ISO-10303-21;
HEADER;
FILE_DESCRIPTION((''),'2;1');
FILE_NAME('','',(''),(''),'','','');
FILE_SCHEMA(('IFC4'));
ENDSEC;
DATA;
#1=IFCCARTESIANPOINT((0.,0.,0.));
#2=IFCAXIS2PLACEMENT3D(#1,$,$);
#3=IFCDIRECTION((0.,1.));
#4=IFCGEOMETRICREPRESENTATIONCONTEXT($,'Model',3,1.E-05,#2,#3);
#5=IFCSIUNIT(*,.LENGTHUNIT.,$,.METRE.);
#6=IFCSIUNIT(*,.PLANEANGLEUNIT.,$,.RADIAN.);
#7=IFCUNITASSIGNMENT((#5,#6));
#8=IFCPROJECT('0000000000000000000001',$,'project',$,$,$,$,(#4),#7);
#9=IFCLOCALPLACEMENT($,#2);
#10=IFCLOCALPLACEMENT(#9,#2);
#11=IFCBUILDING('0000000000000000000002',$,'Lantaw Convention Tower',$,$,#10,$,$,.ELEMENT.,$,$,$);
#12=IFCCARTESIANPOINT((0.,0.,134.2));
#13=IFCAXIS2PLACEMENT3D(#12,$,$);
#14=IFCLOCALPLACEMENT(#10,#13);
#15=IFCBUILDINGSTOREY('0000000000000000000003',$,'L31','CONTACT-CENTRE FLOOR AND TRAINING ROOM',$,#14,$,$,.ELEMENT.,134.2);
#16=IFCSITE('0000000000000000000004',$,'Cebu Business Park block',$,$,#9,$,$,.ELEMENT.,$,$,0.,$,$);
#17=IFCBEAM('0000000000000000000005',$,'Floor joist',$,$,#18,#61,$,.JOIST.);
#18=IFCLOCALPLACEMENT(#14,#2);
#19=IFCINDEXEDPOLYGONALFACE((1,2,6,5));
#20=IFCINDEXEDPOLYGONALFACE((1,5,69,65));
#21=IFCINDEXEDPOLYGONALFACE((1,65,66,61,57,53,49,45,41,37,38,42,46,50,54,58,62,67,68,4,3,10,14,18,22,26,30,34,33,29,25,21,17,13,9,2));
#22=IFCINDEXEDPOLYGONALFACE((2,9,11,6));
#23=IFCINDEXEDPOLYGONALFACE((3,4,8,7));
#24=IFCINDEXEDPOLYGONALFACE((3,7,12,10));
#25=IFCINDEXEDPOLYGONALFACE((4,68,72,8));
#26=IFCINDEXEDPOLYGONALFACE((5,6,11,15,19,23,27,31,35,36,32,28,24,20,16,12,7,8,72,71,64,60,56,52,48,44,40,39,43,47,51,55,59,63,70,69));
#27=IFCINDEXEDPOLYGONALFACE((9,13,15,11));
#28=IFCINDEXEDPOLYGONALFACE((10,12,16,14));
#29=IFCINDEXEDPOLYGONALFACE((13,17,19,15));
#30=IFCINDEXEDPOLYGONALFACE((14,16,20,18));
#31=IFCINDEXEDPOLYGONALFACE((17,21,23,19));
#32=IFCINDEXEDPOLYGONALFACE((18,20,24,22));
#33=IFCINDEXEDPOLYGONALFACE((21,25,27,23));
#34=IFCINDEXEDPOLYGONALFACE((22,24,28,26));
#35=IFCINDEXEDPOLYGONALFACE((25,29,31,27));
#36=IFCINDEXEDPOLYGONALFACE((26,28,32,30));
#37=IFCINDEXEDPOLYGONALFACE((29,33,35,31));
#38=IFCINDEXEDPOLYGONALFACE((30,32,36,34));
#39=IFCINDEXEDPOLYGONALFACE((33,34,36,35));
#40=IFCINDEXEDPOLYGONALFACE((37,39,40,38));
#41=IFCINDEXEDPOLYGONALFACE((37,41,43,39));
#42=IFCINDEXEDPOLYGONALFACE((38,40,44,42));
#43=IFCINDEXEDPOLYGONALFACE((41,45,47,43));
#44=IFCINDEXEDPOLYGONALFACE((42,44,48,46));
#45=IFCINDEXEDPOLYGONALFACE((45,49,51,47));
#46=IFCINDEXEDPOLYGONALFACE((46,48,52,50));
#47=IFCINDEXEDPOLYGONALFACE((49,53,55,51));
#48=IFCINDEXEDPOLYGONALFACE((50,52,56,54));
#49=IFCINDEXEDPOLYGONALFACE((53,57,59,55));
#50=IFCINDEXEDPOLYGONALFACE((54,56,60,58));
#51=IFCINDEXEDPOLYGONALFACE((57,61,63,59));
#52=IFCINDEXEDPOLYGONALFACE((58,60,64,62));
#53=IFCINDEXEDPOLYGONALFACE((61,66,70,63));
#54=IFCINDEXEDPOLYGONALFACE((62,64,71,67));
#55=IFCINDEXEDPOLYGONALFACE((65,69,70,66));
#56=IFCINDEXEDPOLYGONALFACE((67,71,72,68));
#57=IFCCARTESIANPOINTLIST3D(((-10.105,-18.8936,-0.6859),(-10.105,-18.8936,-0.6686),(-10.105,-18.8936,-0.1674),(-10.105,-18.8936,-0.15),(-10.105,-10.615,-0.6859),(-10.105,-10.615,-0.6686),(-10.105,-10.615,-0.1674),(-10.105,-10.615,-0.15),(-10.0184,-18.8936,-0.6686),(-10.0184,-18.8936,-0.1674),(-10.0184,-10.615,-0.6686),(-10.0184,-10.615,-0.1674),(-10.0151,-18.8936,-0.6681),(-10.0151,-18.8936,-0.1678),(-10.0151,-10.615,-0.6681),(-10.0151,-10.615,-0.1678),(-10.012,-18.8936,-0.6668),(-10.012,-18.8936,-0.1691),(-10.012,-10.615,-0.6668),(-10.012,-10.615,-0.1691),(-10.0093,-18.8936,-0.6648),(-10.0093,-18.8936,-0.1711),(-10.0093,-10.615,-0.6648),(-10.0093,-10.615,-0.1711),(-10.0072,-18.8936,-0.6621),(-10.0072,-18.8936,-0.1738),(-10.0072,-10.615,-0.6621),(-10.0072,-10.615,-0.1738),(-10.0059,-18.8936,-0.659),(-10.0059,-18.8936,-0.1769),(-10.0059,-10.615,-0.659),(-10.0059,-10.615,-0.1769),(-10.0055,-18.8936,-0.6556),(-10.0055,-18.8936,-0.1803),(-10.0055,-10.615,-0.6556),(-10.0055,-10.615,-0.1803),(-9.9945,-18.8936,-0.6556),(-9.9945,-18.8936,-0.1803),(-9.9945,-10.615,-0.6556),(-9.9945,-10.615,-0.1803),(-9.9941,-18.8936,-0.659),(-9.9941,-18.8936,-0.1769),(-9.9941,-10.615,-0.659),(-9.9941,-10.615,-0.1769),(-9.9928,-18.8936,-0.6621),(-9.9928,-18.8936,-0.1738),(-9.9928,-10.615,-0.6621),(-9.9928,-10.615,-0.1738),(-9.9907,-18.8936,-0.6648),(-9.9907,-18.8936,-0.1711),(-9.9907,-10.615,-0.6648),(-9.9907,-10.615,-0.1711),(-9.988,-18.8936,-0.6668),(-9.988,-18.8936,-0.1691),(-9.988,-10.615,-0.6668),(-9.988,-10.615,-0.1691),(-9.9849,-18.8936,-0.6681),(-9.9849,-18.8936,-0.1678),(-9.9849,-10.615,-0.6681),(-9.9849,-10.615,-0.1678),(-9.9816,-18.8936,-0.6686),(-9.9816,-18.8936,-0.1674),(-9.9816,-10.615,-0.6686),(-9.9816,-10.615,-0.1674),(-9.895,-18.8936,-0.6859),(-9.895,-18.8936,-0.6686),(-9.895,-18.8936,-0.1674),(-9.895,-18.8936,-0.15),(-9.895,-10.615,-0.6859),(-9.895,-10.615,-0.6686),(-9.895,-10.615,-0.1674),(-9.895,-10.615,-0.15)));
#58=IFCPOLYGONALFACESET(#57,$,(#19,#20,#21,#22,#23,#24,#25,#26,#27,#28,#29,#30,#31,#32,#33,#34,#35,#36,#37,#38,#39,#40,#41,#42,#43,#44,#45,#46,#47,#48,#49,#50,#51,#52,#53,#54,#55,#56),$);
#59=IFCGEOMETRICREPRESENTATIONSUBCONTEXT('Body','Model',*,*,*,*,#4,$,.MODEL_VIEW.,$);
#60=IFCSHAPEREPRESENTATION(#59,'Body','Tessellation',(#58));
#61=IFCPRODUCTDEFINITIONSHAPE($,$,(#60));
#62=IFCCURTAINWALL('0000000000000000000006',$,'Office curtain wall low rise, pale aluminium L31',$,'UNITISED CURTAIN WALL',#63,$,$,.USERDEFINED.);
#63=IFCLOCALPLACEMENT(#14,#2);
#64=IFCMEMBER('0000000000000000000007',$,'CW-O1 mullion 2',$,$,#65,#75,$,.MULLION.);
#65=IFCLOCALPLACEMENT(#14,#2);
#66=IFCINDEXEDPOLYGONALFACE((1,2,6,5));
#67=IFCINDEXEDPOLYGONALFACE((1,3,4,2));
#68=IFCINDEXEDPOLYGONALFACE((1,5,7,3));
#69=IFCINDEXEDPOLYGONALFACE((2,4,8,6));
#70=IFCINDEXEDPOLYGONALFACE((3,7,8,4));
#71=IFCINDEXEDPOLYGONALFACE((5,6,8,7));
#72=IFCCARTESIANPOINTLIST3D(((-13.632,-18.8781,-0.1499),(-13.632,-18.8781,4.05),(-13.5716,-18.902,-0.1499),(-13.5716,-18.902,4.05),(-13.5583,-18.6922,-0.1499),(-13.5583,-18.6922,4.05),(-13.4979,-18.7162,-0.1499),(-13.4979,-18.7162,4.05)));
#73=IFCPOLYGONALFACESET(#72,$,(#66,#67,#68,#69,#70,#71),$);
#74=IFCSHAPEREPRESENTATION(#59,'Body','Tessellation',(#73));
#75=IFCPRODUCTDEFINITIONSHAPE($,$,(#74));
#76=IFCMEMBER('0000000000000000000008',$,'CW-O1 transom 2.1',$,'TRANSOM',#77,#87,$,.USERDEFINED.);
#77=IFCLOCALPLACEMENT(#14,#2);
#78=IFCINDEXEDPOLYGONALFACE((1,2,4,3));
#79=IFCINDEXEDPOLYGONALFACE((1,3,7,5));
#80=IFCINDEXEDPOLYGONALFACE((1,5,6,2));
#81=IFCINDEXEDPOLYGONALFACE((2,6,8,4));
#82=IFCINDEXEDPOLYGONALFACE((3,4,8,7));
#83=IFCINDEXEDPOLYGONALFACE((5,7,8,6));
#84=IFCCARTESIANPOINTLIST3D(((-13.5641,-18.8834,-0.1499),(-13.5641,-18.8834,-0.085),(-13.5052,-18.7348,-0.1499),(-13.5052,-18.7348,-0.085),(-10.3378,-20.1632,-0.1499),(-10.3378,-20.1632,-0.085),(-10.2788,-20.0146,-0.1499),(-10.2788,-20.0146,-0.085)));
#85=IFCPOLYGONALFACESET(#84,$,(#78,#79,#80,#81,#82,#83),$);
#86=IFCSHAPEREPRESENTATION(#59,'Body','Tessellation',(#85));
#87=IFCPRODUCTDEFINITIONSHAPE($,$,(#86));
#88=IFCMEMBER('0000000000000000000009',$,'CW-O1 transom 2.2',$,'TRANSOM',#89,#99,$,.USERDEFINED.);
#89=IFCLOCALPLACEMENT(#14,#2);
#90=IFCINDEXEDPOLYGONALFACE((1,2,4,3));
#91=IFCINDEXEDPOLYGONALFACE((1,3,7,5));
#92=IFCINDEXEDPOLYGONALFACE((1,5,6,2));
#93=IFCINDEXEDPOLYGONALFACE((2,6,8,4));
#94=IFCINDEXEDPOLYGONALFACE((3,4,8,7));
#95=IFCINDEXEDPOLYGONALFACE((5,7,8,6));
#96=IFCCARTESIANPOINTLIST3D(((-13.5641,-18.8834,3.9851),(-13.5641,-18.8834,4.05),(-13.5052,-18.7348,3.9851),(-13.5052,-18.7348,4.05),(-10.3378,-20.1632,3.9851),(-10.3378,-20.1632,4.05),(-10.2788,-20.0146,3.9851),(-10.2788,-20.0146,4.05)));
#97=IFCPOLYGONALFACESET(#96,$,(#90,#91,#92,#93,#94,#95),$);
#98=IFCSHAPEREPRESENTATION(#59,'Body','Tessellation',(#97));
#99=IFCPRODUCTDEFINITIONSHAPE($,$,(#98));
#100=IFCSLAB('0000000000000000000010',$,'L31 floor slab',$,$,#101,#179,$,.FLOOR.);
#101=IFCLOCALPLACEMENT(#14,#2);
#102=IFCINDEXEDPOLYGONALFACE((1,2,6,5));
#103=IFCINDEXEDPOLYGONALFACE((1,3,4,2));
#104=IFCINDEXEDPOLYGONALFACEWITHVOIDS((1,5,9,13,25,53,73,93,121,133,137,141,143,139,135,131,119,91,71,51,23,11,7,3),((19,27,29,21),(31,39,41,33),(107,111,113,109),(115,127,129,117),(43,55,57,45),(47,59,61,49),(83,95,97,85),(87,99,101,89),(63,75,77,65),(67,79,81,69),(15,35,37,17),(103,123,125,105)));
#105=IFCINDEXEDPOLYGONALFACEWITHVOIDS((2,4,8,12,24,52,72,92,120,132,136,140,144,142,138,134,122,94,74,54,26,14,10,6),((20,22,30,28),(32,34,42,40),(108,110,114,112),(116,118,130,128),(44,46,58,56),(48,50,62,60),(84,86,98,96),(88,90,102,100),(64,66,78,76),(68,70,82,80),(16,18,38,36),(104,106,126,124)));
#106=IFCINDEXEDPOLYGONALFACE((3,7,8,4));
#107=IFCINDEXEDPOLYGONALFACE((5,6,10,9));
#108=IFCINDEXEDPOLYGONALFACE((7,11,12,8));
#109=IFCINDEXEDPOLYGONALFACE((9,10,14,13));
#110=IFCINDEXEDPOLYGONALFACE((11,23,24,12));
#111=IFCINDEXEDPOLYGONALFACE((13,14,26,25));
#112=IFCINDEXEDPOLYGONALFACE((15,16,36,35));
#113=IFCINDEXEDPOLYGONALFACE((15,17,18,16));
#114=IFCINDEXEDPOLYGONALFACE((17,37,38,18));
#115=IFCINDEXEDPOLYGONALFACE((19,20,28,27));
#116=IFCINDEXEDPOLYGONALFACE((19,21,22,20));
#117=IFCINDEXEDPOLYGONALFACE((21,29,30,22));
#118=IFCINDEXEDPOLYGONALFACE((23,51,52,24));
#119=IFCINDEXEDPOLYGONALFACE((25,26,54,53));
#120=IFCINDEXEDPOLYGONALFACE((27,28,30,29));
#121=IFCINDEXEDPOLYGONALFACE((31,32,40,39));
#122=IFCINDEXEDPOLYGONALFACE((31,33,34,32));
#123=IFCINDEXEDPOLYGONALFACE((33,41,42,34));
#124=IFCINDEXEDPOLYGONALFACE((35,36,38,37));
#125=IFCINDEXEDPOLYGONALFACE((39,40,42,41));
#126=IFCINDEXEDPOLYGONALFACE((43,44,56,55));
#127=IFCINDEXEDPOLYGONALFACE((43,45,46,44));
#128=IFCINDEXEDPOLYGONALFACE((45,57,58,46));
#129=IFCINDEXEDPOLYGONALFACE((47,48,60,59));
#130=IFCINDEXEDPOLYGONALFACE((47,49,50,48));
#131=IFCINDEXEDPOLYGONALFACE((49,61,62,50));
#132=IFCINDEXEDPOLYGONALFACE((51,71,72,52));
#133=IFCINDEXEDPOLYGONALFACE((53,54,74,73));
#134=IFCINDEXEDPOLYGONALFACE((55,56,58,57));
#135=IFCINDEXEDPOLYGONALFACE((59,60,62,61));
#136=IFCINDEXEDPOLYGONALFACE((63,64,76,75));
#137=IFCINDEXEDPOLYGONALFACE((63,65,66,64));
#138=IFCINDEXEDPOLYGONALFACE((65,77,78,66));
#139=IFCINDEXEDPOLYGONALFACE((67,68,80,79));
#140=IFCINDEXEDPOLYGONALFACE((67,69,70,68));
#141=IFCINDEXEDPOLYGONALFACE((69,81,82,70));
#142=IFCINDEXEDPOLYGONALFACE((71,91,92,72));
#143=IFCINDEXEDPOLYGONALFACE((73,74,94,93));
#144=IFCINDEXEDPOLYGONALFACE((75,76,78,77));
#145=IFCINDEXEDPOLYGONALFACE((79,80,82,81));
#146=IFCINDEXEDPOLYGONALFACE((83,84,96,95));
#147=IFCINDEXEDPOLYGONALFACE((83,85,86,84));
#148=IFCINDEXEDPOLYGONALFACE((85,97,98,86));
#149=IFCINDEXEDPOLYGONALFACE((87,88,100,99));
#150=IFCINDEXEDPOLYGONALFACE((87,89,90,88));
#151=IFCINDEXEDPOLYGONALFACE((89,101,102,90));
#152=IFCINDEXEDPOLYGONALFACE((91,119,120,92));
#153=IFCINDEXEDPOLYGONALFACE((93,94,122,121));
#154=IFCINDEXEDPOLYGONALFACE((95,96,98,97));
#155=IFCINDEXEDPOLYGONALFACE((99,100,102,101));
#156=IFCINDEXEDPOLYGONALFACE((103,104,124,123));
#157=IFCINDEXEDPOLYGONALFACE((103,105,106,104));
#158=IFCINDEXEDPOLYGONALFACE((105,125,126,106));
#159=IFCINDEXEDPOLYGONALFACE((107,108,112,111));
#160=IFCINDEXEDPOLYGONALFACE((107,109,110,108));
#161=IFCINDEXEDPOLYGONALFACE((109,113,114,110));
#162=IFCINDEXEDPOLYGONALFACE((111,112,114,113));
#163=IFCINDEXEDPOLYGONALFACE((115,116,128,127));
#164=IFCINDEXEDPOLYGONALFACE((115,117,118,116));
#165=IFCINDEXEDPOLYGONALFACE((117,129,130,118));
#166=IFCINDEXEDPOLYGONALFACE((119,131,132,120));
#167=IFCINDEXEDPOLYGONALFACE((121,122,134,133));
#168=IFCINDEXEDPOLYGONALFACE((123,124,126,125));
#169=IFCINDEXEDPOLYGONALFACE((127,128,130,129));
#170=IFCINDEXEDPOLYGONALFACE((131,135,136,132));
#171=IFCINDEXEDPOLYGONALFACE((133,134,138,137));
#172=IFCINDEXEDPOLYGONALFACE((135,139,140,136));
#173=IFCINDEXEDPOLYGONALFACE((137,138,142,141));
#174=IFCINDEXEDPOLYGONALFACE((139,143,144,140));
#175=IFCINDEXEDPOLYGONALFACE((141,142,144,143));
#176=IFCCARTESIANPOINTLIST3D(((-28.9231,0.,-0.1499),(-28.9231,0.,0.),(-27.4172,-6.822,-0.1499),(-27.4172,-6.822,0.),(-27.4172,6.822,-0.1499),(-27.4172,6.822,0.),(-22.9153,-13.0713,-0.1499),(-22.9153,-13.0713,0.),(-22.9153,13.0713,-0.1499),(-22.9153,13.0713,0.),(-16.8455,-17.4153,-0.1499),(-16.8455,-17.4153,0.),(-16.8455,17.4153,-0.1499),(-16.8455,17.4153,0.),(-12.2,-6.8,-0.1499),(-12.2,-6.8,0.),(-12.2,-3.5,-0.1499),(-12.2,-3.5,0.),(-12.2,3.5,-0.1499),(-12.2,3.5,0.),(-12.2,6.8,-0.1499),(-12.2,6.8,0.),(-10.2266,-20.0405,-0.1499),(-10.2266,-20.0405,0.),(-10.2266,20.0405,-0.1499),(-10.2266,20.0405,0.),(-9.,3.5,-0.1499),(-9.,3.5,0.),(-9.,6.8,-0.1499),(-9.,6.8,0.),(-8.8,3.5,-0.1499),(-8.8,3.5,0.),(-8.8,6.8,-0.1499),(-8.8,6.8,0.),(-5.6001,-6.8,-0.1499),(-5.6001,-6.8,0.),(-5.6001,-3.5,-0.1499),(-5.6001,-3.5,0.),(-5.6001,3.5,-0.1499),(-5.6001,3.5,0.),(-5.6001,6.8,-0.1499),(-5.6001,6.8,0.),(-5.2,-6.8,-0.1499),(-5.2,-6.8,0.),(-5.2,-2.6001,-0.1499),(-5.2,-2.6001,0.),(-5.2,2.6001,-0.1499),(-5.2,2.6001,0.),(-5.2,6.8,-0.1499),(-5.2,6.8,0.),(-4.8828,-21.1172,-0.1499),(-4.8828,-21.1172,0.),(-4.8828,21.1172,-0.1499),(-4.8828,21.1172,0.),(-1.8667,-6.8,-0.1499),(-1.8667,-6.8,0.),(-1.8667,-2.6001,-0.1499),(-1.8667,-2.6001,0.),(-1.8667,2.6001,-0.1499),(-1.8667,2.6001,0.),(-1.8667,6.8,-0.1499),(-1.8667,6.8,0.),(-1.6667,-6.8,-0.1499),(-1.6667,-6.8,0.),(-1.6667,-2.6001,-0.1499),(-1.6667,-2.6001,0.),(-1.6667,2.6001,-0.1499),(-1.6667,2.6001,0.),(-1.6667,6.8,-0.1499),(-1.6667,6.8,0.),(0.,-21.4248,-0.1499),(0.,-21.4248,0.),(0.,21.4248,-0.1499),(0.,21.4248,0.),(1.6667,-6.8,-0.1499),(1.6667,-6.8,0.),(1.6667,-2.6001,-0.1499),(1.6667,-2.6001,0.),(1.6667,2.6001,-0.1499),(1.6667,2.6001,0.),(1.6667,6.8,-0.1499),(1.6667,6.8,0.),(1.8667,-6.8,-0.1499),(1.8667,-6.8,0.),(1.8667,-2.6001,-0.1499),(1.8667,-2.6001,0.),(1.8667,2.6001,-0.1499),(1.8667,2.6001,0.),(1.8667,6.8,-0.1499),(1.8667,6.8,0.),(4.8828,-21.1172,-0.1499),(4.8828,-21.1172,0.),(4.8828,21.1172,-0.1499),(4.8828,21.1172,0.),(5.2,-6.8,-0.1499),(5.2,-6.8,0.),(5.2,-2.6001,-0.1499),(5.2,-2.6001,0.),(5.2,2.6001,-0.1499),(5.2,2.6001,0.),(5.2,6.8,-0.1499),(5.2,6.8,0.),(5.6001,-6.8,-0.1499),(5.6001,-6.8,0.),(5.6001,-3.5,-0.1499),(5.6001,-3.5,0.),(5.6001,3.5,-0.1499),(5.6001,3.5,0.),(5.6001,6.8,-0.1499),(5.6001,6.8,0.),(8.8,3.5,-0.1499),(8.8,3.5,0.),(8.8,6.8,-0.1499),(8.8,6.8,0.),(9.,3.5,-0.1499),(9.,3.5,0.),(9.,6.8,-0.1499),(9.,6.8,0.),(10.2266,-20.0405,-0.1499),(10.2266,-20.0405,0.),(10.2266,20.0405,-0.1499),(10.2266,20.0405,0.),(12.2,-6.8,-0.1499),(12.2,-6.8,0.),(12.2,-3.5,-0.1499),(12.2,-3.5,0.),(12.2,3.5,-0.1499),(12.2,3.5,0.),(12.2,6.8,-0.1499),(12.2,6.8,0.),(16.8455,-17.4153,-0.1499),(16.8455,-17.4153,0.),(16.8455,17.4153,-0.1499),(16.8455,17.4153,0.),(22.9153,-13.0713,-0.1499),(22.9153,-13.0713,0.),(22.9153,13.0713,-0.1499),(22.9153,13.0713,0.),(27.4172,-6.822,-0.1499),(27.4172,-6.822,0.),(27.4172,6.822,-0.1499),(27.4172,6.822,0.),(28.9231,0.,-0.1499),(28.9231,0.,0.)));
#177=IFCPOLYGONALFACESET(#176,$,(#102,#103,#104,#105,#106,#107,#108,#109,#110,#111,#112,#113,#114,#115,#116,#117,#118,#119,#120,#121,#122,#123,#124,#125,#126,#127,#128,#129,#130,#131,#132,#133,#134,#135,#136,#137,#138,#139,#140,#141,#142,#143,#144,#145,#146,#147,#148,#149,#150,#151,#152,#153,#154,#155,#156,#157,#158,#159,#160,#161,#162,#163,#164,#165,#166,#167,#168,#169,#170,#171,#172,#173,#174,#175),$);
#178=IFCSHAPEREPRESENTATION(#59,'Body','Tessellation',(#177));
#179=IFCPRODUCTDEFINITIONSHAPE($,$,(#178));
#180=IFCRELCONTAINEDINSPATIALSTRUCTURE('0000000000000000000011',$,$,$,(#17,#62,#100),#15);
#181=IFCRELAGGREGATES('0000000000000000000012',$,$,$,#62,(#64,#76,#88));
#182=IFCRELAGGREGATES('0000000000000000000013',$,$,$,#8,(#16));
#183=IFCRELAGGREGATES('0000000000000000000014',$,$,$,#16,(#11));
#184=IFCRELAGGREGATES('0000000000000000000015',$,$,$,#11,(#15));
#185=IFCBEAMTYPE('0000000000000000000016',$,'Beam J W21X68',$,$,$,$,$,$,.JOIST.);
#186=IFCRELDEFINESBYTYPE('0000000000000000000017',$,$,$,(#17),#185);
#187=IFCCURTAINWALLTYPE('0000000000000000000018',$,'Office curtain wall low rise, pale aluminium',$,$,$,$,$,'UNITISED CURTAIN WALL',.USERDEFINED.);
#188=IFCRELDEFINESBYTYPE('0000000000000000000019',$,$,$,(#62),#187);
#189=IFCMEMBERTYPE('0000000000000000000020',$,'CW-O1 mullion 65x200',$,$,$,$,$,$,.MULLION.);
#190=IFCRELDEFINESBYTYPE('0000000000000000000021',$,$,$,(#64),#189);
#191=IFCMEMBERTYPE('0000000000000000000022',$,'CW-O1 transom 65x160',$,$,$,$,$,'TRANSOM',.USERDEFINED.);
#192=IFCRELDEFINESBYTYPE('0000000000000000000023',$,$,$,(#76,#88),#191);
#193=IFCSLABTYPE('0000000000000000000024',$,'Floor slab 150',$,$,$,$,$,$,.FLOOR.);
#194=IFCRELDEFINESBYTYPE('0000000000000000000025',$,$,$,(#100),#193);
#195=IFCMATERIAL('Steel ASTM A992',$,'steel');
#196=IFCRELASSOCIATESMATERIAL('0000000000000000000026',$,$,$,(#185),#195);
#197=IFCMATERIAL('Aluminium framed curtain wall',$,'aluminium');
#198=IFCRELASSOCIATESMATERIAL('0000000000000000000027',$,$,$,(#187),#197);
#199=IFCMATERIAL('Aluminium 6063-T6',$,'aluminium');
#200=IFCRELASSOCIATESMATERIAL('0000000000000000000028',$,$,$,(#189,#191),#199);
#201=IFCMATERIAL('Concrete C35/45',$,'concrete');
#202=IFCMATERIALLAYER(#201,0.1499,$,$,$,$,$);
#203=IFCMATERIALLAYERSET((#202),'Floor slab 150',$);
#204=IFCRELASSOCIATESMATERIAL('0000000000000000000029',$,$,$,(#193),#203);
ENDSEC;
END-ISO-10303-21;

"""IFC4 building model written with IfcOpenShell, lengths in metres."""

from ifc_helpers import new_model, si_unit, direction, frame, origin, origin_2d, place, context, subcontext, project, spatial, polyline, rectangle, i_section, outline, extrude, material, layer, layer_set, material_profile, profile_set, type_object, element, aggregate, save


model = new_model("IFC4")

# Units and contexts
model_context = context("Model", 3, precision=1e-05, world=origin(), true_north=direction((0.0, 1.0)))
body_context = subcontext(model_context, "Body", "Model", "MODEL_VIEW")
ifc_project = project(units=[si_unit("LENGTHUNIT", "METRE"), si_unit("PLANEANGLEUNIT", "RADIAN")], contexts=[model_context])

# Site, building, storey
site_placement = place(None, origin())
site = spatial("IfcSite", under=ifc_project, at=site_placement, Name="Cebu Business Park block", CompositionType="ELEMENT", RefElevation=0.0)
building_placement = place(site_placement, origin())
building = spatial("IfcBuilding", under=site, at=building_placement, Name="Lantaw Convention Tower", CompositionType="ELEMENT")
storey_placement = place(building_placement, frame((0.0, 0.0, 134.2)))
storey = spatial("IfcBuildingStorey", under=building, at=storey_placement, Name="L31", Description="CONTACT-CENTRE FLOOR AND TRAINING ROOM", CompositionType="ELEMENT", Elevation=134.2)

# Beam
ifc_material_1 = material(Name="Steel ASTM A992", Category="steel")
ifc_material_profile_1 = material_profile(ifc_material_1, i_section(OverallWidth=0.21, OverallDepth=0.5359, WebThickness=0.011, FlangeThickness=0.0173, FilletRadius=0.0129, at=origin_2d()), Name="W21X68")
ifc_profile_set_1 = profile_set([ifc_material_profile_1], Name="Steel ASTM A992")
beam_type_1 = type_object("IfcBeamType", Name="Beam J W21X68", PredefinedType="JOIST", material=ifc_profile_set_1)
beam_1_placement = place(storey_placement, frame((-10.0, -18.8936, -0.418), z_axis=(0.0, 1.0, 0.0), x_axis=(-1.0, 0.0, 0.0)))
element("IfcBeam", 1, at=beam_1_placement, inside=storey, type_object=beam_type_1, Name="Floor joist", PredefinedType="JOIST", context=body_context, shape_type="SweptSolid", body=[
    extrude(i_section(OverallWidth=0.21, OverallDepth=0.5359, WebThickness=0.011, FlangeThickness=0.0173, FilletRadius=0.0129, at=origin_2d()), origin(), (0.0, 0.0, 1.0), 8.2786),
])

# Curtain wall, members
ifc_material_2 = material(Name="Aluminium framed curtain wall", Category="aluminium")
curtain_wall_type = type_object("IfcCurtainWallType", Name="Office curtain wall low rise, pale aluminium", ElementType="UNITISED CURTAIN WALL", PredefinedType="USERDEFINED", material=ifc_material_2)
curtain_wall_placement = place(storey_placement, origin())
curtain_wall = element("IfcCurtainWall", 2, at=curtain_wall_placement, inside=storey, type_object=curtain_wall_type, Name="Office curtain wall low rise, pale aluminium L31", ObjectType="UNITISED CURTAIN WALL", PredefinedType="USERDEFINED")
ifc_material_3 = material(Name="Aluminium 6063-T6", Category="aluminium")
ifc_material_profile_2 = material_profile(ifc_material_3, rectangle(XDim=0.2, YDim=0.0649, at=origin_2d()), Name="CW-O1 mullion 65x200")
ifc_profile_set_2 = profile_set([ifc_material_profile_2], Name="Aluminium 6063-T6")
member_type_1 = type_object("IfcMemberType", Name="CW-O1 mullion 65x200", PredefinedType="MULLION", material=ifc_profile_set_2)
member_1_placement = place(storey_placement, frame((-13.5649, -18.7971, -0.1499), z_axis=(0.0, 0.0, 1.0), x_axis=(0.368702, 0.929548, 0.0)))
member_1 = element("IfcMember", 3, at=member_1_placement, type_object=member_type_1, Name="CW-O1 mullion 2", PredefinedType="MULLION", context=body_context, shape_type="SweptSolid", body=[
    extrude(rectangle(XDim=0.2, YDim=0.0649, at=origin_2d()), origin(), (0.0, 0.0, 1.0), 4.2),
])
ifc_material_profile_3 = material_profile(ifc_material_3, rectangle(XDim=0.1599, YDim=0.0649, at=origin_2d()), Name="CW-O1 transom 65x160")
ifc_profile_set_3 = profile_set([ifc_material_profile_3], Name="Aluminium 6063-T6")
member_type_2 = type_object("IfcMemberType", Name="CW-O1 transom 65x160", ElementType="TRANSOM", PredefinedType="USERDEFINED", material=ifc_profile_set_3)
member_2_placement = place(storey_placement, frame((-13.5347, -18.8091, -0.1174), z_axis=(0.92954, -0.368721, 0.0), x_axis=(0.368721, 0.92954, 0.0)))
member_2 = element("IfcMember", 4, at=member_2_placement, type_object=member_type_2, Name="CW-O1 transom 2.1", ObjectType="TRANSOM", PredefinedType="USERDEFINED", context=body_context, shape_type="SweptSolid", body=[
    extrude(rectangle(XDim=0.1599, YDim=0.0649, at=origin_2d()), origin(), (0.0, 0.0, 1.0), 3.4709),
])
member_3_placement = place(storey_placement, frame((-13.5347, -18.8091, 4.0176), z_axis=(0.92954, -0.368721, 0.0), x_axis=(0.368721, 0.92954, 0.0)))
member_3 = element("IfcMember", 5, at=member_3_placement, type_object=member_type_2, Name="CW-O1 transom 2.2", ObjectType="TRANSOM", PredefinedType="USERDEFINED", context=body_context, shape_type="SweptSolid", body=[
    extrude(rectangle(XDim=0.1599, YDim=0.0649, at=origin_2d()), origin(), (0.0, 0.0, 1.0), 3.4709),
])
aggregate(curtain_wall, [member_1, member_2, member_3])

# Slab
ifc_material_4 = material(Name="Concrete C35/45", Category="concrete")
ifc_layer_1 = layer(ifc_material_4, 0.1499)
ifc_layer_set_1 = layer_set([ifc_layer_1], Name="Floor slab 150")
slab_type = type_object("IfcSlabType", Name="Floor slab 150", PredefinedType="FLOOR", material=ifc_layer_set_1)
slab_placement = place(storey_placement, frame((0.0, 0.0, -0.1499)))
element("IfcSlab", 6, at=slab_placement, inside=storey, type_object=slab_type, Name="L31 floor slab", PredefinedType="FLOOR", context=body_context, shape_type="SweptSolid", body=[
    extrude(outline(polyline([(27.4172, -6.822), (28.9231, 0.0), (27.4172, 6.822), (22.9153, 13.0713), (16.8455, 17.4153), (10.2266, 20.0405), (4.8828, 21.1172), (0.0, 21.4248), (-4.8828, 21.1172), (-10.2266, 20.0405), (-16.8455, 17.4153), (-22.9153, 13.0713), (-27.4172, 6.822), (-28.9231, 0.0), (-27.4172, -6.822), (-22.9153, -13.0713), (-16.8455, -17.4153), (-10.2266, -20.0405), (-4.8828, -21.1172), (0.0, -21.4248), (4.8828, -21.1172), (10.2266, -20.0405), (16.8455, -17.4153), (22.9153, -13.0713), (27.4172, -6.822)]), holes=[polyline([(-5.6001, -3.5), (-12.2, -3.5), (-12.2, -6.8), (-5.6001, -6.8), (-5.6001, -3.5)]), polyline([(-1.8667, -6.8), (-1.8667, -2.6001), (-5.2, -2.6001), (-5.2, -6.8), (-1.8667, -6.8)]), polyline([(-1.8667, 2.6001), (-1.8667, 6.8), (-5.2, 6.8), (-5.2, 2.6001), (-1.8667, 2.6001)]), polyline([(1.6667, 6.8), (-1.6667, 6.8), (-1.6667, 2.6001), (1.6667, 2.6001), (1.6667, 6.8)]), polyline([(-9.0, 3.5), (-9.0, 6.8), (-12.2, 6.8), (-12.2, 3.5), (-9.0, 3.5)]), polyline([(-5.6001, 3.5), (-5.6001, 6.8), (-8.8, 6.8), (-8.8, 3.5), (-5.6001, 3.5)]), polyline([(12.2, -3.5), (5.6001, -3.5), (5.6001, -6.8), (12.2, -6.8), (12.2, -3.5)]), polyline([(1.6667, -6.8), (1.6667, -2.6001), (-1.6667, -2.6001), (-1.6667, -6.8), (1.6667, -6.8)]), polyline([(5.2, -6.8), (5.2, -2.6001), (1.8667, -2.6001), (1.8667, -6.8), (5.2, -6.8)]), polyline([(5.2, 6.8), (1.8667, 6.8), (1.8667, 2.6001), (5.2, 2.6001), (5.2, 6.8)]), polyline([(8.8, 3.5), (8.8, 6.8), (5.6001, 6.8), (5.6001, 3.5), (8.8, 3.5)]), polyline([(12.2, 3.5), (12.2, 6.8), (9.0, 6.8), (9.0, 3.5), (12.2, 3.5)])]), origin(), (0.0, 0.0, 1.0), 0.1499),
])

save(model, "model.ifc")
